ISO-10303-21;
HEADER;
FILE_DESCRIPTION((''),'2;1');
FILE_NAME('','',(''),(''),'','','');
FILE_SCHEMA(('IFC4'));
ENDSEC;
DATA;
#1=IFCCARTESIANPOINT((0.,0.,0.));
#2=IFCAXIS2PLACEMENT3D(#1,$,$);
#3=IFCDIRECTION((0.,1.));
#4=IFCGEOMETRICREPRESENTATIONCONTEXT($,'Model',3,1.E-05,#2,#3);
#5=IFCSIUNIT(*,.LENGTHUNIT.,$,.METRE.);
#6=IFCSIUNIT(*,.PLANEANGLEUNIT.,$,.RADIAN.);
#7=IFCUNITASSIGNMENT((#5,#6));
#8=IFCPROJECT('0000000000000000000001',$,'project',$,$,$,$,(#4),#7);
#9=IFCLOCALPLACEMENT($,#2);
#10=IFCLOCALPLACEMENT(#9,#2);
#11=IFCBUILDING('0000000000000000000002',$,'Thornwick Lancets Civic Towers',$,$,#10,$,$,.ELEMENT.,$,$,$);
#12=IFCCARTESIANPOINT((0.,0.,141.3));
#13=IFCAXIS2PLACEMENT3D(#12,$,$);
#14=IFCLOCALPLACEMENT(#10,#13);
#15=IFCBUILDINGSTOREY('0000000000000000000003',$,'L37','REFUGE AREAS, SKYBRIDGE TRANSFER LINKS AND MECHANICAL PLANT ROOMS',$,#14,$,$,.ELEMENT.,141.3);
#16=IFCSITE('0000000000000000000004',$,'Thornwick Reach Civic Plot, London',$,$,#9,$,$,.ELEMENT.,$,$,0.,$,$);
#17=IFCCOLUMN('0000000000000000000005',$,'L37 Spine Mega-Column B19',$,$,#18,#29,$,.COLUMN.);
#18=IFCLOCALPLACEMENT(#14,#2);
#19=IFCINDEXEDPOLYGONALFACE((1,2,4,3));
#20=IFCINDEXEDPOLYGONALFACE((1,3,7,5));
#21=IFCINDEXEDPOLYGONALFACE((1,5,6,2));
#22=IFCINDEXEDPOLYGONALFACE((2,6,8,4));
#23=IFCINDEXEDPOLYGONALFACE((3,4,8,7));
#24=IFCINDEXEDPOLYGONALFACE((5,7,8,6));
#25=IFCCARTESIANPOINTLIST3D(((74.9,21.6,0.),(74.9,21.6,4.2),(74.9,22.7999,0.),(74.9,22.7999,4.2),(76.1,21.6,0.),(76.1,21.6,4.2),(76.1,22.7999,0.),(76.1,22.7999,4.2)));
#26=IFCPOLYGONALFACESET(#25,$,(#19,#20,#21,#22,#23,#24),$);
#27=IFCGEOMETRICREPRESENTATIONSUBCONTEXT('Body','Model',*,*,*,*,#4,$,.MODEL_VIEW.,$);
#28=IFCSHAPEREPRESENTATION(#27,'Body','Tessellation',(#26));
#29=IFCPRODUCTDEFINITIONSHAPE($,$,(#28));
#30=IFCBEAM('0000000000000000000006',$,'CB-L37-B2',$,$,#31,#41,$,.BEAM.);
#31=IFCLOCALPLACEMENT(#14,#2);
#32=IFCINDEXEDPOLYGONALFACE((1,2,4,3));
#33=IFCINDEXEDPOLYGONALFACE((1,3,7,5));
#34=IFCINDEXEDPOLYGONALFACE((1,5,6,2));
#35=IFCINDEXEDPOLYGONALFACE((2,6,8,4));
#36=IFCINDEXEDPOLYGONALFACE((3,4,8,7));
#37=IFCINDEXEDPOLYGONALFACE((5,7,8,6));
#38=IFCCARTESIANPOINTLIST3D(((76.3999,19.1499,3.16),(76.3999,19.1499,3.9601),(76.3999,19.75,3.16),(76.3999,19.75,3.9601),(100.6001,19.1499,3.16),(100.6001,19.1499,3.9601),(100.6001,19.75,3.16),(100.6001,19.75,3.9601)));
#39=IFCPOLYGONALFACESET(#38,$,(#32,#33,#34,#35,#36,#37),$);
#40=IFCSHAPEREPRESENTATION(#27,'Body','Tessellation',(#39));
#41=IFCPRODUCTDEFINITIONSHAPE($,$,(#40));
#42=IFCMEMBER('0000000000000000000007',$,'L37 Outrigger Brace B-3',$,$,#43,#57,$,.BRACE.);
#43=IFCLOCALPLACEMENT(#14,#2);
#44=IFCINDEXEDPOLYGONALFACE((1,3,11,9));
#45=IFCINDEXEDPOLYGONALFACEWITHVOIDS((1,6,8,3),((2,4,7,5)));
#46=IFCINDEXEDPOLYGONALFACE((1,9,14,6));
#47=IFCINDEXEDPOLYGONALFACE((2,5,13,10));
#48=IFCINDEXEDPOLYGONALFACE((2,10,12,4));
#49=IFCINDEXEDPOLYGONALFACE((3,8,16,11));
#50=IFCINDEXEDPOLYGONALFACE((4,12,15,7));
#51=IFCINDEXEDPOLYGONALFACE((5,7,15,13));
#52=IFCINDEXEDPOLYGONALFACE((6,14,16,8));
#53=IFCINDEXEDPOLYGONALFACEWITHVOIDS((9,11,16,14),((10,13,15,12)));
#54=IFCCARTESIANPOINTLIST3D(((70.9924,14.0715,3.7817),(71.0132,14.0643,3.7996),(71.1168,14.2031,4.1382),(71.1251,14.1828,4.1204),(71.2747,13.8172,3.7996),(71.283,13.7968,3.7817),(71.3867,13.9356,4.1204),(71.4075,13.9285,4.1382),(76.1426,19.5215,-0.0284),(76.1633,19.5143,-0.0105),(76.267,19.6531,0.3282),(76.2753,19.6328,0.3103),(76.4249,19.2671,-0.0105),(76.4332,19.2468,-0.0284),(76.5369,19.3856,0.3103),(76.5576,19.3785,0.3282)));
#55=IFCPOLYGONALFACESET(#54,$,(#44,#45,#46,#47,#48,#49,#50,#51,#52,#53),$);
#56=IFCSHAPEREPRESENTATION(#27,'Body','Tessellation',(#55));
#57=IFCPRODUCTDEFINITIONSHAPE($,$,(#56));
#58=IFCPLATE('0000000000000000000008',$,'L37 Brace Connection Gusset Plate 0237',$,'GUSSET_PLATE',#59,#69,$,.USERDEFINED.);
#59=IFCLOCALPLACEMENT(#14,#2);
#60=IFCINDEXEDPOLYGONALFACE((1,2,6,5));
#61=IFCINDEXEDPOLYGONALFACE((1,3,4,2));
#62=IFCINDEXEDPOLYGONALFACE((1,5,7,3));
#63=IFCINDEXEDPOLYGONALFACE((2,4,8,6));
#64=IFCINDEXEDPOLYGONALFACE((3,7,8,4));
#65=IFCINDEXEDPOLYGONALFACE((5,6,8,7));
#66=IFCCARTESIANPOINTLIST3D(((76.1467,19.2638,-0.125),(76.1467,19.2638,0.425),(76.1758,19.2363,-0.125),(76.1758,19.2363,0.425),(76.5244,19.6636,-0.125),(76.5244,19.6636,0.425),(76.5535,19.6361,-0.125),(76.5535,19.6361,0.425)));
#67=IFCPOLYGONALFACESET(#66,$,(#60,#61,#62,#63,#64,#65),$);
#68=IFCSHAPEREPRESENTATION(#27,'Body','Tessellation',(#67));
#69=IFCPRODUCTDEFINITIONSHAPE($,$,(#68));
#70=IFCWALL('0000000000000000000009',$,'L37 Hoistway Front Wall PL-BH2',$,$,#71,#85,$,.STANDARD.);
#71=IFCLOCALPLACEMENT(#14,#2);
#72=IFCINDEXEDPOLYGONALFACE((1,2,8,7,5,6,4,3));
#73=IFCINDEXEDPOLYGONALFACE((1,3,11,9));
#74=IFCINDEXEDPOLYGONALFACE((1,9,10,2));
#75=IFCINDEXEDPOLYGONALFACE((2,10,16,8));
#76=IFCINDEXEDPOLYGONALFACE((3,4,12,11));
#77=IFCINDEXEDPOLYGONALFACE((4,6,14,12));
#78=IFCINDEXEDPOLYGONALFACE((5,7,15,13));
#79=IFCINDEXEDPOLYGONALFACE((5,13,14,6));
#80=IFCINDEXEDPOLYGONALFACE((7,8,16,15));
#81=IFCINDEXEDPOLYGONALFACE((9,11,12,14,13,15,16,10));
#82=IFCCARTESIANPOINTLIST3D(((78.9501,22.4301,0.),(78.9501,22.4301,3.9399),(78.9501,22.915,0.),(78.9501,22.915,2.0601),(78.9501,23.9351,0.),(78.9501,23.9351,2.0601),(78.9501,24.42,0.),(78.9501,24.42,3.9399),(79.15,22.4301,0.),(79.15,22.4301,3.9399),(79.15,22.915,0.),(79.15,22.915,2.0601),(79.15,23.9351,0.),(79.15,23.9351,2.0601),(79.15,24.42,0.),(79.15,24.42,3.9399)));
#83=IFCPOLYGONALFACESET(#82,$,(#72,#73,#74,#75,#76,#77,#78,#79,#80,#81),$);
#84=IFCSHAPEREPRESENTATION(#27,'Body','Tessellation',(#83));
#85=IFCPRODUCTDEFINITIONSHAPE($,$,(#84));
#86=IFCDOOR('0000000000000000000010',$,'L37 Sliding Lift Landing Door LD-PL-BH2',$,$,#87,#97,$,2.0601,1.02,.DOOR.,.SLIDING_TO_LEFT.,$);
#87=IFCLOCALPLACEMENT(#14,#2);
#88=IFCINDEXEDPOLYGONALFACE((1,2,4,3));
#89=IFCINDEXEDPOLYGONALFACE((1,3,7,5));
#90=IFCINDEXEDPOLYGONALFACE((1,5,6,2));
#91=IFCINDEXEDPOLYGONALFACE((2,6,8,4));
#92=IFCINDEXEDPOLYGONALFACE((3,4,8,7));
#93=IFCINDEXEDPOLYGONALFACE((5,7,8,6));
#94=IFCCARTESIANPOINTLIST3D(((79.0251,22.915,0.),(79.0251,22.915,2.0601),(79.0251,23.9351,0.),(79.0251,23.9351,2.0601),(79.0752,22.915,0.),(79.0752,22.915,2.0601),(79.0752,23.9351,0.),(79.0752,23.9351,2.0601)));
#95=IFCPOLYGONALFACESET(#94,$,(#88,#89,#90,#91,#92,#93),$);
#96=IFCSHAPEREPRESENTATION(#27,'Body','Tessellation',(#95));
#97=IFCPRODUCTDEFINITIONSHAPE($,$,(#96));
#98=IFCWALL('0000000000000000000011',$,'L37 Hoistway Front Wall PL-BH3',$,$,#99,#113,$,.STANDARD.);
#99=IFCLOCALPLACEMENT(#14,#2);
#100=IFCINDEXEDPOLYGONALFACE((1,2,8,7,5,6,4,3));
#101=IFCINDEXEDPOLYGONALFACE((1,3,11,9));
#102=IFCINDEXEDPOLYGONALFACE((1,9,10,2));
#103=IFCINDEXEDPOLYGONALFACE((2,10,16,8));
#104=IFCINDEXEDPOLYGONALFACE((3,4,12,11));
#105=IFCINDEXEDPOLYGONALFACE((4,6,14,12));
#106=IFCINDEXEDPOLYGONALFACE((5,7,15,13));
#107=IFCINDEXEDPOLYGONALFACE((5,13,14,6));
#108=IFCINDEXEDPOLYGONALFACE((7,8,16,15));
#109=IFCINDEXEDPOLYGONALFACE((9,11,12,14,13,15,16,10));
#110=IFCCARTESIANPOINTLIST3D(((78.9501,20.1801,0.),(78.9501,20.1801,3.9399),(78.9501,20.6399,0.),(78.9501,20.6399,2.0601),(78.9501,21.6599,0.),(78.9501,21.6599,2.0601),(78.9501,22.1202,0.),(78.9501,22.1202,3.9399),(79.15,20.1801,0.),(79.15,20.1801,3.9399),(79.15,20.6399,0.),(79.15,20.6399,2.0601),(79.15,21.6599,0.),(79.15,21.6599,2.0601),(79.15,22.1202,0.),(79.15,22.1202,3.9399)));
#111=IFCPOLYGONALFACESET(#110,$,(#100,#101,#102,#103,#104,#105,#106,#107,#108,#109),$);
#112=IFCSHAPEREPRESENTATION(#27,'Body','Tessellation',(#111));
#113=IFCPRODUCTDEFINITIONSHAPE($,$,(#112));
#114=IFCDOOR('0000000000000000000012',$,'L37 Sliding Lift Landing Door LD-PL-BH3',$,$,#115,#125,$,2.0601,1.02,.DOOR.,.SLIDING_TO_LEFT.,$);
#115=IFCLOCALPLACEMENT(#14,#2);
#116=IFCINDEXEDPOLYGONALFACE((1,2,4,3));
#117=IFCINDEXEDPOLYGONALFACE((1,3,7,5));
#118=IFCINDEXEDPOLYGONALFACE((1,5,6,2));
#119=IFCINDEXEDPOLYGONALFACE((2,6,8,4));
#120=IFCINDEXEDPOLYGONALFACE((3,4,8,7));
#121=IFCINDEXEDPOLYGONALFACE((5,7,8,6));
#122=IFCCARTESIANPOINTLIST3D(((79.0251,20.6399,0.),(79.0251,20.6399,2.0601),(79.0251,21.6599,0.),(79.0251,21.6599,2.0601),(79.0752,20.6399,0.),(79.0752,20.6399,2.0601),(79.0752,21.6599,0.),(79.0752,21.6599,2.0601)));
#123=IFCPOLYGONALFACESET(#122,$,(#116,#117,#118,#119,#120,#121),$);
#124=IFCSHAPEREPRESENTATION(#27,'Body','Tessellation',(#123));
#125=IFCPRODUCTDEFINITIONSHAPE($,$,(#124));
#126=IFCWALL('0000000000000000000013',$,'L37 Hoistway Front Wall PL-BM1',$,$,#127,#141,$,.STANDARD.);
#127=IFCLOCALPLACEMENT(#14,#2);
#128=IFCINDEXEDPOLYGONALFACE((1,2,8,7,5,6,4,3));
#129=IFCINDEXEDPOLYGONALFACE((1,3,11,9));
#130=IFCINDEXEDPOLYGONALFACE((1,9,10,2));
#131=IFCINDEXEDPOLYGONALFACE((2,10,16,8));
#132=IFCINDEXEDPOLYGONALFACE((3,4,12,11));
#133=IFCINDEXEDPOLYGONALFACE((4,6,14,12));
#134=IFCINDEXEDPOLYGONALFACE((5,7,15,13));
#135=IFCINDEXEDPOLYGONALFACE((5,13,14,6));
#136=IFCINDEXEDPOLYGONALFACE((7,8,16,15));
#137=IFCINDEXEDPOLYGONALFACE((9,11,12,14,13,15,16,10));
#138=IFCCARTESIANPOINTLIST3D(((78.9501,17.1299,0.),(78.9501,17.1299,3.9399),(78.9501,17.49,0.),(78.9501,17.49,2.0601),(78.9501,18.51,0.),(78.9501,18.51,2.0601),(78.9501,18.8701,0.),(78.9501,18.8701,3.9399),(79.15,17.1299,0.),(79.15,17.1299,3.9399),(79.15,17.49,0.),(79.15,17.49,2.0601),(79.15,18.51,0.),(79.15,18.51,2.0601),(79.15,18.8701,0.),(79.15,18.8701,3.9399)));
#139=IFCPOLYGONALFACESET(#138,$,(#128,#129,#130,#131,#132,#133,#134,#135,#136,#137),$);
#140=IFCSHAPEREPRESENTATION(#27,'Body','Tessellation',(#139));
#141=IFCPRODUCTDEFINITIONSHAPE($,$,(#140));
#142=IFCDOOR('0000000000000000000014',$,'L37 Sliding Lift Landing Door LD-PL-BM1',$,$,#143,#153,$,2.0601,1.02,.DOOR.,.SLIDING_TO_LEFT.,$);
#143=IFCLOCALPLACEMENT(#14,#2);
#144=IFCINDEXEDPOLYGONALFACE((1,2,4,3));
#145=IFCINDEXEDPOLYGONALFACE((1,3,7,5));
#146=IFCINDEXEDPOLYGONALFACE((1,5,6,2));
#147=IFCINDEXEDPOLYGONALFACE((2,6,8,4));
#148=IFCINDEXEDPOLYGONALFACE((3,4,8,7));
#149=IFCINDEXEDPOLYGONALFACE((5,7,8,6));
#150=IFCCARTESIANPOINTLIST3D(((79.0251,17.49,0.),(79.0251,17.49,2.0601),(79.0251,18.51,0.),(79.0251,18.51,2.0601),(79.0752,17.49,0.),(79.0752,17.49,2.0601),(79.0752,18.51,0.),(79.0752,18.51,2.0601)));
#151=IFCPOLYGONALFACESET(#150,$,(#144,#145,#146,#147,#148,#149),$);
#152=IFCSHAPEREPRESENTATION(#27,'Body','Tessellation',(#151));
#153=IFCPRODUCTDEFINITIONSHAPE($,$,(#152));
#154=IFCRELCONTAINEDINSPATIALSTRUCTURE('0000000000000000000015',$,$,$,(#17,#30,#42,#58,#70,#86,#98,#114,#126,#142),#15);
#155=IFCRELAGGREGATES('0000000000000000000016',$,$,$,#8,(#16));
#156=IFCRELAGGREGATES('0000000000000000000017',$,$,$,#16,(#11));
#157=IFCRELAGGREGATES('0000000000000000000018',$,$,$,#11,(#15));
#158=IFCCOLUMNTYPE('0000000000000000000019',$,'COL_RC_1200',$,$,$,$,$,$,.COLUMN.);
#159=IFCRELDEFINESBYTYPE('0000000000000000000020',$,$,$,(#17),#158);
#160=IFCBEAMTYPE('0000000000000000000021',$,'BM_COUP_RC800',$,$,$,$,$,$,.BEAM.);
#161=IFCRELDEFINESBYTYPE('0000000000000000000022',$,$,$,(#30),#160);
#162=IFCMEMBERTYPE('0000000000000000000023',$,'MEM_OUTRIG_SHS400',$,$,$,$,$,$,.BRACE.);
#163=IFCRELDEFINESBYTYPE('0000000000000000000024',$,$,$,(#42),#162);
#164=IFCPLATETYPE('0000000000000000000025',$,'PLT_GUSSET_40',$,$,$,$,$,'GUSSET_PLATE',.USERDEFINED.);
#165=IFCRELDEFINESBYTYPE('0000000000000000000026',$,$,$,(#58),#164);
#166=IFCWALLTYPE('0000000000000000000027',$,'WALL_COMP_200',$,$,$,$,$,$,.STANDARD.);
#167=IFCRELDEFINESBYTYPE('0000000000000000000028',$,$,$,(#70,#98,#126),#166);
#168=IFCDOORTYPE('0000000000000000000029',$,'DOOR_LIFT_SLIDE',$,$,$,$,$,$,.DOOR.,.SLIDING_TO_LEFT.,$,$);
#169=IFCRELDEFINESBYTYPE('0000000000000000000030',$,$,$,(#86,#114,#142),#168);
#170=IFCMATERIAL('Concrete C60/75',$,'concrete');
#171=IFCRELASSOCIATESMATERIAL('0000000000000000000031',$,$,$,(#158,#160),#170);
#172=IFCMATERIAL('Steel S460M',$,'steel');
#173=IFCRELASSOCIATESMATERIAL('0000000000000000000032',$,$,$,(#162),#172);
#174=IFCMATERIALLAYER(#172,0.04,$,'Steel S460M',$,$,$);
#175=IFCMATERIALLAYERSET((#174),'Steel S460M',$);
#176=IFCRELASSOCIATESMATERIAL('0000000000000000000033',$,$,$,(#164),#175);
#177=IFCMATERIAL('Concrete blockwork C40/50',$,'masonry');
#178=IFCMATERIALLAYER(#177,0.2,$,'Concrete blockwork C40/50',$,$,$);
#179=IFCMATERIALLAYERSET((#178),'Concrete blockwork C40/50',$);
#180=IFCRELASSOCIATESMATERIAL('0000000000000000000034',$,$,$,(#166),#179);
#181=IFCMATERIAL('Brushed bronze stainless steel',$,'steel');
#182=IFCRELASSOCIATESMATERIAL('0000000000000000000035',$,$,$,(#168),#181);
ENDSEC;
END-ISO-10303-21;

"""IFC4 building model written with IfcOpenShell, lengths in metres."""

from ifc_helpers import new_model, si_unit, direction, frame, frame_2d, origin, origin_2d, place, context, subcontext, project, spatial, rectangle, hollow_rectangle, extrude, material, layer, layer_set, material_profile, profile_set, type_object, element, fill, save


model = new_model("IFC4")

# Units and contexts
model_context = context("Model", 3, precision=1e-05, world=origin(), true_north=direction((0.0, 1.0)))
body_context = subcontext(model_context, "Body", "Model", "MODEL_VIEW")
ifc_project = project(units=[si_unit("LENGTHUNIT", "METRE"), si_unit("PLANEANGLEUNIT", "RADIAN")], contexts=[model_context])

# Site, building, storey
site_placement = place(None, origin())
site = spatial("IfcSite", under=ifc_project, at=site_placement, Name="Thornwick Reach Civic Plot, London", CompositionType="ELEMENT", RefElevation=0.0)
building_placement = place(site_placement, origin())
building = spatial("IfcBuilding", under=site, at=building_placement, Name="Thornwick Lancets Civic Towers", CompositionType="ELEMENT")
storey_placement = place(building_placement, frame((0.0, 0.0, 141.3)))
storey = spatial("IfcBuildingStorey", under=building, at=storey_placement, Name="L37", Description="REFUGE AREAS, SKYBRIDGE TRANSFER LINKS AND MECHANICAL PLANT ROOMS", CompositionType="ELEMENT", Elevation=141.3)

# Column
ifc_material_1 = material(Name="Concrete C60/75", Category="concrete")
ifc_material_profile_1 = material_profile(ifc_material_1, rectangle(XDim=1.2, YDim=1.2, at=origin_2d()), Name="RC 1200x1200")
ifc_profile_set_1 = profile_set([ifc_material_profile_1], Name="Concrete C60/75")
column_type = type_object("IfcColumnType", Name="COL_RC_1200", PredefinedType="COLUMN", material=ifc_profile_set_1)
column_placement = place(storey_placement, frame((75.5, 22.2, 0.0), z_axis=(0.0, 0.0, 1.0), x_axis=(1.0, 0.0, 0.0)))
element("IfcColumn", 1, at=column_placement, inside=storey, type_object=column_type, Name="L37 Spine Mega-Column B19", PredefinedType="COLUMN", context=body_context, shape_type="SweptSolid", body=[
    extrude(rectangle(XDim=1.2, YDim=1.2, at=origin_2d()), origin(), (0.0, 0.0, 1.0), 4.2),
])

# Beam
ifc_material_profile_2 = material_profile(ifc_material_1, rectangle(XDim=0.6001, YDim=0.8, at=origin_2d()), Name="RC 600x800")
ifc_profile_set_2 = profile_set([ifc_material_profile_2], Name="Concrete C60/75")
beam_type = type_object("IfcBeamType", Name="BM_COUP_RC800", PredefinedType="BEAM", material=ifc_profile_set_2)
beam_placement = place(storey_placement, frame((76.3999, 19.45, 3.5601), z_axis=(1.0, 0.0, 0.0), x_axis=(0.0, 1.0, 0.0)))
element("IfcBeam", 2, at=beam_placement, inside=storey, type_object=beam_type, Name="CB-L37-B2", PredefinedType="BEAM", context=body_context, shape_type="SweptSolid", body=[
    extrude(rectangle(XDim=0.6001, YDim=0.8, at=origin_2d()), origin(), (0.0, 0.0, 1.0), 24.2002),
])

# Member
ifc_material_2 = material(Name="Steel S460M", Category="steel")
ifc_material_profile_3 = material_profile(ifc_material_2, hollow_rectangle(XDim=0.3999, YDim=0.3999, WallThickness=0.02, at=origin_2d()), Name="SHS 400x400x20")
ifc_profile_set_3 = profile_set([ifc_material_profile_3], Name="Steel S460M")
member_type = type_object("IfcMemberType", Name="MEM_OUTRIG_SHS400", PredefinedType="BRACE", material=ifc_profile_set_3)
member_placement = place(storey_placement, frame((76.3501, 19.45, 0.1499), z_axis=(-0.612321, -0.647966, 0.452993), x_axis=(0.726815, -0.686833, 0.0)))
element("IfcMember", 3, at=member_placement, inside=storey, type_object=member_type, Name="L37 Outrigger Brace B-3", PredefinedType="BRACE", context=body_context, shape_type="SweptSolid", body=[
    extrude(hollow_rectangle(XDim=0.3999, YDim=0.3999, WallThickness=0.02, at=origin_2d()), origin(), (0.0, 0.0, 1.0), 8.4109),
])

# Plate
ifc_layer_1 = layer(ifc_material_2, 0.04, Name="Steel S460M")
ifc_layer_set_1 = layer_set([ifc_layer_1], Name="Steel S460M")
plate_type = type_object("IfcPlateType", Name="PLT_GUSSET_40", ElementType="GUSSET_PLATE", PredefinedType="USERDEFINED", material=ifc_layer_set_1)
plate_placement = place(storey_placement, frame((76.3501, 19.45, -0.125), z_axis=(0.0, 0.0, 1.0), x_axis=(-0.686834, -0.726814, 0.0)))
element("IfcPlate", 4, at=plate_placement, inside=storey, type_object=plate_type, Name="L37 Brace Connection Gusset Plate 0237", ObjectType="GUSSET_PLATE", PredefinedType="USERDEFINED", context=body_context, shape_type="SweptSolid", body=[
    extrude(rectangle(XDim=0.55, YDim=0.04, at=origin_2d()), origin(), (0.0, 0.0, 1.0), 0.55),
])

# Walls, openings, doors
ifc_material_3 = material(Name="Concrete blockwork C40/50", Category="masonry")
ifc_layer_2 = layer(ifc_material_3, 0.2, Name="Concrete blockwork C40/50")
ifc_layer_set_2 = layer_set([ifc_layer_2], Name="Concrete blockwork C40/50")
wall_type_1 = type_object("IfcWallType", Name="WALL_COMP_200", PredefinedType="STANDARD", material=ifc_layer_set_2)
wall_1_placement = place(storey_placement, frame((79.05, 22.4299, 0.0), z_axis=(0.0, 0.0, 1.0), x_axis=(0.0, 1.0, 0.0)))
wall_1 = element("IfcWall", 5, at=wall_1_placement, inside=storey, type_object=wall_type_1, Name="L37 Hoistway Front Wall PL-BH2", PredefinedType="STANDARD", context=body_context, shape_type="SweptSolid", body=[
    extrude(rectangle(XDim=1.99, YDim=0.2, at=frame_2d((0.9951, 0.0))), origin(), (0.0, 0.0, 1.0), 3.9399),
])
opening_1_placement = place(wall_1_placement, frame((0.4851, 0.0, 0.0)))
opening_1 = element("IfcOpeningElement", 6, at=opening_1_placement, cuts=wall_1, PredefinedType="OPENING", context=body_context, shape_type="SweptSolid", body=[
    extrude(rectangle(XDim=1.02, YDim=2.0601, at=frame_2d((0.51, 1.03))), frame((0.0, 0.1099, 0.0), z_axis=(0.0, -1.0, 0.0), x_axis=(1.0, 0.0, 0.0)), (0.0, 0.0, 1.0), 0.22),
])
ifc_material_4 = material(Name="Brushed bronze stainless steel", Category="steel")
door_type = type_object("IfcDoorType", Name="DOOR_LIFT_SLIDE", OperationType="SLIDING_TO_LEFT", PredefinedType="DOOR", material=ifc_material_4)
door_1_placement = place(opening_1_placement, origin())
door_1 = element("IfcDoor", 7, at=door_1_placement, inside=storey, type_object=door_type, Name="L37 Sliding Lift Landing Door LD-PL-BH2", OperationType="SLIDING_TO_LEFT", OverallHeight=2.0601, OverallWidth=1.02, PredefinedType="DOOR", context=body_context, shape_type="SweptSolid", body=[
    extrude(rectangle(XDim=1.02, YDim=2.0601, at=frame_2d((0.51, 1.03))), frame((0.0, 0.0249, 0.0), z_axis=(0.0, -1.0, 0.0), x_axis=(1.0, 0.0, 0.0)), (0.0, 0.0, 1.0), 0.05),
])
fill(opening_1, door_1)
wall_2_placement = place(storey_placement, frame((79.05, 20.1799, 0.0), z_axis=(0.0, 0.0, 1.0), x_axis=(0.0, 1.0, 0.0)))
wall_2 = element("IfcWall", 8, at=wall_2_placement, inside=storey, type_object=wall_type_1, Name="L37 Hoistway Front Wall PL-BH3", PredefinedType="STANDARD", context=body_context, shape_type="SweptSolid", body=[
    extrude(rectangle(XDim=1.9402, YDim=0.2, at=frame_2d((0.9702, 0.0))), origin(), (0.0, 0.0, 1.0), 3.9399),
])
opening_2_placement = place(wall_2_placement, frame((0.46, 0.0, 0.0)))
opening_2 = element("IfcOpeningElement", 9, at=opening_2_placement, cuts=wall_2, PredefinedType="OPENING", context=body_context, shape_type="SweptSolid", body=[
    extrude(rectangle(XDim=1.02, YDim=2.0601, at=frame_2d((0.51, 1.03))), frame((0.0, 0.1099, 0.0), z_axis=(0.0, -1.0, 0.0), x_axis=(1.0, 0.0, 0.0)), (0.0, 0.0, 1.0), 0.22),
])
door_2_placement = place(opening_2_placement, origin())
door_2 = element("IfcDoor", 10, at=door_2_placement, inside=storey, type_object=door_type, Name="L37 Sliding Lift Landing Door LD-PL-BH3", OperationType="SLIDING_TO_LEFT", OverallHeight=2.0601, OverallWidth=1.02, PredefinedType="DOOR", context=body_context, shape_type="SweptSolid", body=[
    extrude(rectangle(XDim=1.02, YDim=2.0601, at=frame_2d((0.51, 1.03))), frame((0.0, 0.0249, 0.0), z_axis=(0.0, -1.0, 0.0), x_axis=(1.0, 0.0, 0.0)), (0.0, 0.0, 1.0), 0.05),
])
fill(opening_2, door_2)
wall_3_placement = place(storey_placement, frame((79.05, 17.1299, 0.0), z_axis=(0.0, 0.0, 1.0), x_axis=(0.0, 1.0, 0.0)))
wall_3 = element("IfcWall", 11, at=wall_3_placement, inside=storey, type_object=wall_type_1, Name="L37 Hoistway Front Wall PL-BM1", PredefinedType="STANDARD", context=body_context, shape_type="SweptSolid", body=[
    extrude(rectangle(XDim=1.7402, YDim=0.2, at=frame_2d((0.8701, 0.0))), origin(), (0.0, 0.0, 1.0), 3.9399),
])
opening_3_placement = place(wall_3_placement, frame((0.3601, 0.0, 0.0)))
opening_3 = element("IfcOpeningElement", 12, at=opening_3_placement, cuts=wall_3, PredefinedType="OPENING", context=body_context, shape_type="SweptSolid", body=[
    extrude(rectangle(XDim=1.02, YDim=2.0601, at=frame_2d((0.51, 1.03))), frame((0.0, 0.1099, 0.0), z_axis=(0.0, -1.0, 0.0), x_axis=(1.0, 0.0, 0.0)), (0.0, 0.0, 1.0), 0.22),
])
door_3_placement = place(opening_3_placement, origin())
door_3 = element("IfcDoor", 13, at=door_3_placement, inside=storey, type_object=door_type, Name="L37 Sliding Lift Landing Door LD-PL-BM1", OperationType="SLIDING_TO_LEFT", OverallHeight=2.0601, OverallWidth=1.02, PredefinedType="DOOR", context=body_context, shape_type="SweptSolid", body=[
    extrude(rectangle(XDim=1.02, YDim=2.0601, at=frame_2d((0.51, 1.03))), frame((0.0, 0.0249, 0.0), z_axis=(0.0, -1.0, 0.0), x_axis=(1.0, 0.0, 0.0)), (0.0, 0.0, 1.0), 0.05),
])
fill(opening_3, door_3)

save(model, "model.ifc")
